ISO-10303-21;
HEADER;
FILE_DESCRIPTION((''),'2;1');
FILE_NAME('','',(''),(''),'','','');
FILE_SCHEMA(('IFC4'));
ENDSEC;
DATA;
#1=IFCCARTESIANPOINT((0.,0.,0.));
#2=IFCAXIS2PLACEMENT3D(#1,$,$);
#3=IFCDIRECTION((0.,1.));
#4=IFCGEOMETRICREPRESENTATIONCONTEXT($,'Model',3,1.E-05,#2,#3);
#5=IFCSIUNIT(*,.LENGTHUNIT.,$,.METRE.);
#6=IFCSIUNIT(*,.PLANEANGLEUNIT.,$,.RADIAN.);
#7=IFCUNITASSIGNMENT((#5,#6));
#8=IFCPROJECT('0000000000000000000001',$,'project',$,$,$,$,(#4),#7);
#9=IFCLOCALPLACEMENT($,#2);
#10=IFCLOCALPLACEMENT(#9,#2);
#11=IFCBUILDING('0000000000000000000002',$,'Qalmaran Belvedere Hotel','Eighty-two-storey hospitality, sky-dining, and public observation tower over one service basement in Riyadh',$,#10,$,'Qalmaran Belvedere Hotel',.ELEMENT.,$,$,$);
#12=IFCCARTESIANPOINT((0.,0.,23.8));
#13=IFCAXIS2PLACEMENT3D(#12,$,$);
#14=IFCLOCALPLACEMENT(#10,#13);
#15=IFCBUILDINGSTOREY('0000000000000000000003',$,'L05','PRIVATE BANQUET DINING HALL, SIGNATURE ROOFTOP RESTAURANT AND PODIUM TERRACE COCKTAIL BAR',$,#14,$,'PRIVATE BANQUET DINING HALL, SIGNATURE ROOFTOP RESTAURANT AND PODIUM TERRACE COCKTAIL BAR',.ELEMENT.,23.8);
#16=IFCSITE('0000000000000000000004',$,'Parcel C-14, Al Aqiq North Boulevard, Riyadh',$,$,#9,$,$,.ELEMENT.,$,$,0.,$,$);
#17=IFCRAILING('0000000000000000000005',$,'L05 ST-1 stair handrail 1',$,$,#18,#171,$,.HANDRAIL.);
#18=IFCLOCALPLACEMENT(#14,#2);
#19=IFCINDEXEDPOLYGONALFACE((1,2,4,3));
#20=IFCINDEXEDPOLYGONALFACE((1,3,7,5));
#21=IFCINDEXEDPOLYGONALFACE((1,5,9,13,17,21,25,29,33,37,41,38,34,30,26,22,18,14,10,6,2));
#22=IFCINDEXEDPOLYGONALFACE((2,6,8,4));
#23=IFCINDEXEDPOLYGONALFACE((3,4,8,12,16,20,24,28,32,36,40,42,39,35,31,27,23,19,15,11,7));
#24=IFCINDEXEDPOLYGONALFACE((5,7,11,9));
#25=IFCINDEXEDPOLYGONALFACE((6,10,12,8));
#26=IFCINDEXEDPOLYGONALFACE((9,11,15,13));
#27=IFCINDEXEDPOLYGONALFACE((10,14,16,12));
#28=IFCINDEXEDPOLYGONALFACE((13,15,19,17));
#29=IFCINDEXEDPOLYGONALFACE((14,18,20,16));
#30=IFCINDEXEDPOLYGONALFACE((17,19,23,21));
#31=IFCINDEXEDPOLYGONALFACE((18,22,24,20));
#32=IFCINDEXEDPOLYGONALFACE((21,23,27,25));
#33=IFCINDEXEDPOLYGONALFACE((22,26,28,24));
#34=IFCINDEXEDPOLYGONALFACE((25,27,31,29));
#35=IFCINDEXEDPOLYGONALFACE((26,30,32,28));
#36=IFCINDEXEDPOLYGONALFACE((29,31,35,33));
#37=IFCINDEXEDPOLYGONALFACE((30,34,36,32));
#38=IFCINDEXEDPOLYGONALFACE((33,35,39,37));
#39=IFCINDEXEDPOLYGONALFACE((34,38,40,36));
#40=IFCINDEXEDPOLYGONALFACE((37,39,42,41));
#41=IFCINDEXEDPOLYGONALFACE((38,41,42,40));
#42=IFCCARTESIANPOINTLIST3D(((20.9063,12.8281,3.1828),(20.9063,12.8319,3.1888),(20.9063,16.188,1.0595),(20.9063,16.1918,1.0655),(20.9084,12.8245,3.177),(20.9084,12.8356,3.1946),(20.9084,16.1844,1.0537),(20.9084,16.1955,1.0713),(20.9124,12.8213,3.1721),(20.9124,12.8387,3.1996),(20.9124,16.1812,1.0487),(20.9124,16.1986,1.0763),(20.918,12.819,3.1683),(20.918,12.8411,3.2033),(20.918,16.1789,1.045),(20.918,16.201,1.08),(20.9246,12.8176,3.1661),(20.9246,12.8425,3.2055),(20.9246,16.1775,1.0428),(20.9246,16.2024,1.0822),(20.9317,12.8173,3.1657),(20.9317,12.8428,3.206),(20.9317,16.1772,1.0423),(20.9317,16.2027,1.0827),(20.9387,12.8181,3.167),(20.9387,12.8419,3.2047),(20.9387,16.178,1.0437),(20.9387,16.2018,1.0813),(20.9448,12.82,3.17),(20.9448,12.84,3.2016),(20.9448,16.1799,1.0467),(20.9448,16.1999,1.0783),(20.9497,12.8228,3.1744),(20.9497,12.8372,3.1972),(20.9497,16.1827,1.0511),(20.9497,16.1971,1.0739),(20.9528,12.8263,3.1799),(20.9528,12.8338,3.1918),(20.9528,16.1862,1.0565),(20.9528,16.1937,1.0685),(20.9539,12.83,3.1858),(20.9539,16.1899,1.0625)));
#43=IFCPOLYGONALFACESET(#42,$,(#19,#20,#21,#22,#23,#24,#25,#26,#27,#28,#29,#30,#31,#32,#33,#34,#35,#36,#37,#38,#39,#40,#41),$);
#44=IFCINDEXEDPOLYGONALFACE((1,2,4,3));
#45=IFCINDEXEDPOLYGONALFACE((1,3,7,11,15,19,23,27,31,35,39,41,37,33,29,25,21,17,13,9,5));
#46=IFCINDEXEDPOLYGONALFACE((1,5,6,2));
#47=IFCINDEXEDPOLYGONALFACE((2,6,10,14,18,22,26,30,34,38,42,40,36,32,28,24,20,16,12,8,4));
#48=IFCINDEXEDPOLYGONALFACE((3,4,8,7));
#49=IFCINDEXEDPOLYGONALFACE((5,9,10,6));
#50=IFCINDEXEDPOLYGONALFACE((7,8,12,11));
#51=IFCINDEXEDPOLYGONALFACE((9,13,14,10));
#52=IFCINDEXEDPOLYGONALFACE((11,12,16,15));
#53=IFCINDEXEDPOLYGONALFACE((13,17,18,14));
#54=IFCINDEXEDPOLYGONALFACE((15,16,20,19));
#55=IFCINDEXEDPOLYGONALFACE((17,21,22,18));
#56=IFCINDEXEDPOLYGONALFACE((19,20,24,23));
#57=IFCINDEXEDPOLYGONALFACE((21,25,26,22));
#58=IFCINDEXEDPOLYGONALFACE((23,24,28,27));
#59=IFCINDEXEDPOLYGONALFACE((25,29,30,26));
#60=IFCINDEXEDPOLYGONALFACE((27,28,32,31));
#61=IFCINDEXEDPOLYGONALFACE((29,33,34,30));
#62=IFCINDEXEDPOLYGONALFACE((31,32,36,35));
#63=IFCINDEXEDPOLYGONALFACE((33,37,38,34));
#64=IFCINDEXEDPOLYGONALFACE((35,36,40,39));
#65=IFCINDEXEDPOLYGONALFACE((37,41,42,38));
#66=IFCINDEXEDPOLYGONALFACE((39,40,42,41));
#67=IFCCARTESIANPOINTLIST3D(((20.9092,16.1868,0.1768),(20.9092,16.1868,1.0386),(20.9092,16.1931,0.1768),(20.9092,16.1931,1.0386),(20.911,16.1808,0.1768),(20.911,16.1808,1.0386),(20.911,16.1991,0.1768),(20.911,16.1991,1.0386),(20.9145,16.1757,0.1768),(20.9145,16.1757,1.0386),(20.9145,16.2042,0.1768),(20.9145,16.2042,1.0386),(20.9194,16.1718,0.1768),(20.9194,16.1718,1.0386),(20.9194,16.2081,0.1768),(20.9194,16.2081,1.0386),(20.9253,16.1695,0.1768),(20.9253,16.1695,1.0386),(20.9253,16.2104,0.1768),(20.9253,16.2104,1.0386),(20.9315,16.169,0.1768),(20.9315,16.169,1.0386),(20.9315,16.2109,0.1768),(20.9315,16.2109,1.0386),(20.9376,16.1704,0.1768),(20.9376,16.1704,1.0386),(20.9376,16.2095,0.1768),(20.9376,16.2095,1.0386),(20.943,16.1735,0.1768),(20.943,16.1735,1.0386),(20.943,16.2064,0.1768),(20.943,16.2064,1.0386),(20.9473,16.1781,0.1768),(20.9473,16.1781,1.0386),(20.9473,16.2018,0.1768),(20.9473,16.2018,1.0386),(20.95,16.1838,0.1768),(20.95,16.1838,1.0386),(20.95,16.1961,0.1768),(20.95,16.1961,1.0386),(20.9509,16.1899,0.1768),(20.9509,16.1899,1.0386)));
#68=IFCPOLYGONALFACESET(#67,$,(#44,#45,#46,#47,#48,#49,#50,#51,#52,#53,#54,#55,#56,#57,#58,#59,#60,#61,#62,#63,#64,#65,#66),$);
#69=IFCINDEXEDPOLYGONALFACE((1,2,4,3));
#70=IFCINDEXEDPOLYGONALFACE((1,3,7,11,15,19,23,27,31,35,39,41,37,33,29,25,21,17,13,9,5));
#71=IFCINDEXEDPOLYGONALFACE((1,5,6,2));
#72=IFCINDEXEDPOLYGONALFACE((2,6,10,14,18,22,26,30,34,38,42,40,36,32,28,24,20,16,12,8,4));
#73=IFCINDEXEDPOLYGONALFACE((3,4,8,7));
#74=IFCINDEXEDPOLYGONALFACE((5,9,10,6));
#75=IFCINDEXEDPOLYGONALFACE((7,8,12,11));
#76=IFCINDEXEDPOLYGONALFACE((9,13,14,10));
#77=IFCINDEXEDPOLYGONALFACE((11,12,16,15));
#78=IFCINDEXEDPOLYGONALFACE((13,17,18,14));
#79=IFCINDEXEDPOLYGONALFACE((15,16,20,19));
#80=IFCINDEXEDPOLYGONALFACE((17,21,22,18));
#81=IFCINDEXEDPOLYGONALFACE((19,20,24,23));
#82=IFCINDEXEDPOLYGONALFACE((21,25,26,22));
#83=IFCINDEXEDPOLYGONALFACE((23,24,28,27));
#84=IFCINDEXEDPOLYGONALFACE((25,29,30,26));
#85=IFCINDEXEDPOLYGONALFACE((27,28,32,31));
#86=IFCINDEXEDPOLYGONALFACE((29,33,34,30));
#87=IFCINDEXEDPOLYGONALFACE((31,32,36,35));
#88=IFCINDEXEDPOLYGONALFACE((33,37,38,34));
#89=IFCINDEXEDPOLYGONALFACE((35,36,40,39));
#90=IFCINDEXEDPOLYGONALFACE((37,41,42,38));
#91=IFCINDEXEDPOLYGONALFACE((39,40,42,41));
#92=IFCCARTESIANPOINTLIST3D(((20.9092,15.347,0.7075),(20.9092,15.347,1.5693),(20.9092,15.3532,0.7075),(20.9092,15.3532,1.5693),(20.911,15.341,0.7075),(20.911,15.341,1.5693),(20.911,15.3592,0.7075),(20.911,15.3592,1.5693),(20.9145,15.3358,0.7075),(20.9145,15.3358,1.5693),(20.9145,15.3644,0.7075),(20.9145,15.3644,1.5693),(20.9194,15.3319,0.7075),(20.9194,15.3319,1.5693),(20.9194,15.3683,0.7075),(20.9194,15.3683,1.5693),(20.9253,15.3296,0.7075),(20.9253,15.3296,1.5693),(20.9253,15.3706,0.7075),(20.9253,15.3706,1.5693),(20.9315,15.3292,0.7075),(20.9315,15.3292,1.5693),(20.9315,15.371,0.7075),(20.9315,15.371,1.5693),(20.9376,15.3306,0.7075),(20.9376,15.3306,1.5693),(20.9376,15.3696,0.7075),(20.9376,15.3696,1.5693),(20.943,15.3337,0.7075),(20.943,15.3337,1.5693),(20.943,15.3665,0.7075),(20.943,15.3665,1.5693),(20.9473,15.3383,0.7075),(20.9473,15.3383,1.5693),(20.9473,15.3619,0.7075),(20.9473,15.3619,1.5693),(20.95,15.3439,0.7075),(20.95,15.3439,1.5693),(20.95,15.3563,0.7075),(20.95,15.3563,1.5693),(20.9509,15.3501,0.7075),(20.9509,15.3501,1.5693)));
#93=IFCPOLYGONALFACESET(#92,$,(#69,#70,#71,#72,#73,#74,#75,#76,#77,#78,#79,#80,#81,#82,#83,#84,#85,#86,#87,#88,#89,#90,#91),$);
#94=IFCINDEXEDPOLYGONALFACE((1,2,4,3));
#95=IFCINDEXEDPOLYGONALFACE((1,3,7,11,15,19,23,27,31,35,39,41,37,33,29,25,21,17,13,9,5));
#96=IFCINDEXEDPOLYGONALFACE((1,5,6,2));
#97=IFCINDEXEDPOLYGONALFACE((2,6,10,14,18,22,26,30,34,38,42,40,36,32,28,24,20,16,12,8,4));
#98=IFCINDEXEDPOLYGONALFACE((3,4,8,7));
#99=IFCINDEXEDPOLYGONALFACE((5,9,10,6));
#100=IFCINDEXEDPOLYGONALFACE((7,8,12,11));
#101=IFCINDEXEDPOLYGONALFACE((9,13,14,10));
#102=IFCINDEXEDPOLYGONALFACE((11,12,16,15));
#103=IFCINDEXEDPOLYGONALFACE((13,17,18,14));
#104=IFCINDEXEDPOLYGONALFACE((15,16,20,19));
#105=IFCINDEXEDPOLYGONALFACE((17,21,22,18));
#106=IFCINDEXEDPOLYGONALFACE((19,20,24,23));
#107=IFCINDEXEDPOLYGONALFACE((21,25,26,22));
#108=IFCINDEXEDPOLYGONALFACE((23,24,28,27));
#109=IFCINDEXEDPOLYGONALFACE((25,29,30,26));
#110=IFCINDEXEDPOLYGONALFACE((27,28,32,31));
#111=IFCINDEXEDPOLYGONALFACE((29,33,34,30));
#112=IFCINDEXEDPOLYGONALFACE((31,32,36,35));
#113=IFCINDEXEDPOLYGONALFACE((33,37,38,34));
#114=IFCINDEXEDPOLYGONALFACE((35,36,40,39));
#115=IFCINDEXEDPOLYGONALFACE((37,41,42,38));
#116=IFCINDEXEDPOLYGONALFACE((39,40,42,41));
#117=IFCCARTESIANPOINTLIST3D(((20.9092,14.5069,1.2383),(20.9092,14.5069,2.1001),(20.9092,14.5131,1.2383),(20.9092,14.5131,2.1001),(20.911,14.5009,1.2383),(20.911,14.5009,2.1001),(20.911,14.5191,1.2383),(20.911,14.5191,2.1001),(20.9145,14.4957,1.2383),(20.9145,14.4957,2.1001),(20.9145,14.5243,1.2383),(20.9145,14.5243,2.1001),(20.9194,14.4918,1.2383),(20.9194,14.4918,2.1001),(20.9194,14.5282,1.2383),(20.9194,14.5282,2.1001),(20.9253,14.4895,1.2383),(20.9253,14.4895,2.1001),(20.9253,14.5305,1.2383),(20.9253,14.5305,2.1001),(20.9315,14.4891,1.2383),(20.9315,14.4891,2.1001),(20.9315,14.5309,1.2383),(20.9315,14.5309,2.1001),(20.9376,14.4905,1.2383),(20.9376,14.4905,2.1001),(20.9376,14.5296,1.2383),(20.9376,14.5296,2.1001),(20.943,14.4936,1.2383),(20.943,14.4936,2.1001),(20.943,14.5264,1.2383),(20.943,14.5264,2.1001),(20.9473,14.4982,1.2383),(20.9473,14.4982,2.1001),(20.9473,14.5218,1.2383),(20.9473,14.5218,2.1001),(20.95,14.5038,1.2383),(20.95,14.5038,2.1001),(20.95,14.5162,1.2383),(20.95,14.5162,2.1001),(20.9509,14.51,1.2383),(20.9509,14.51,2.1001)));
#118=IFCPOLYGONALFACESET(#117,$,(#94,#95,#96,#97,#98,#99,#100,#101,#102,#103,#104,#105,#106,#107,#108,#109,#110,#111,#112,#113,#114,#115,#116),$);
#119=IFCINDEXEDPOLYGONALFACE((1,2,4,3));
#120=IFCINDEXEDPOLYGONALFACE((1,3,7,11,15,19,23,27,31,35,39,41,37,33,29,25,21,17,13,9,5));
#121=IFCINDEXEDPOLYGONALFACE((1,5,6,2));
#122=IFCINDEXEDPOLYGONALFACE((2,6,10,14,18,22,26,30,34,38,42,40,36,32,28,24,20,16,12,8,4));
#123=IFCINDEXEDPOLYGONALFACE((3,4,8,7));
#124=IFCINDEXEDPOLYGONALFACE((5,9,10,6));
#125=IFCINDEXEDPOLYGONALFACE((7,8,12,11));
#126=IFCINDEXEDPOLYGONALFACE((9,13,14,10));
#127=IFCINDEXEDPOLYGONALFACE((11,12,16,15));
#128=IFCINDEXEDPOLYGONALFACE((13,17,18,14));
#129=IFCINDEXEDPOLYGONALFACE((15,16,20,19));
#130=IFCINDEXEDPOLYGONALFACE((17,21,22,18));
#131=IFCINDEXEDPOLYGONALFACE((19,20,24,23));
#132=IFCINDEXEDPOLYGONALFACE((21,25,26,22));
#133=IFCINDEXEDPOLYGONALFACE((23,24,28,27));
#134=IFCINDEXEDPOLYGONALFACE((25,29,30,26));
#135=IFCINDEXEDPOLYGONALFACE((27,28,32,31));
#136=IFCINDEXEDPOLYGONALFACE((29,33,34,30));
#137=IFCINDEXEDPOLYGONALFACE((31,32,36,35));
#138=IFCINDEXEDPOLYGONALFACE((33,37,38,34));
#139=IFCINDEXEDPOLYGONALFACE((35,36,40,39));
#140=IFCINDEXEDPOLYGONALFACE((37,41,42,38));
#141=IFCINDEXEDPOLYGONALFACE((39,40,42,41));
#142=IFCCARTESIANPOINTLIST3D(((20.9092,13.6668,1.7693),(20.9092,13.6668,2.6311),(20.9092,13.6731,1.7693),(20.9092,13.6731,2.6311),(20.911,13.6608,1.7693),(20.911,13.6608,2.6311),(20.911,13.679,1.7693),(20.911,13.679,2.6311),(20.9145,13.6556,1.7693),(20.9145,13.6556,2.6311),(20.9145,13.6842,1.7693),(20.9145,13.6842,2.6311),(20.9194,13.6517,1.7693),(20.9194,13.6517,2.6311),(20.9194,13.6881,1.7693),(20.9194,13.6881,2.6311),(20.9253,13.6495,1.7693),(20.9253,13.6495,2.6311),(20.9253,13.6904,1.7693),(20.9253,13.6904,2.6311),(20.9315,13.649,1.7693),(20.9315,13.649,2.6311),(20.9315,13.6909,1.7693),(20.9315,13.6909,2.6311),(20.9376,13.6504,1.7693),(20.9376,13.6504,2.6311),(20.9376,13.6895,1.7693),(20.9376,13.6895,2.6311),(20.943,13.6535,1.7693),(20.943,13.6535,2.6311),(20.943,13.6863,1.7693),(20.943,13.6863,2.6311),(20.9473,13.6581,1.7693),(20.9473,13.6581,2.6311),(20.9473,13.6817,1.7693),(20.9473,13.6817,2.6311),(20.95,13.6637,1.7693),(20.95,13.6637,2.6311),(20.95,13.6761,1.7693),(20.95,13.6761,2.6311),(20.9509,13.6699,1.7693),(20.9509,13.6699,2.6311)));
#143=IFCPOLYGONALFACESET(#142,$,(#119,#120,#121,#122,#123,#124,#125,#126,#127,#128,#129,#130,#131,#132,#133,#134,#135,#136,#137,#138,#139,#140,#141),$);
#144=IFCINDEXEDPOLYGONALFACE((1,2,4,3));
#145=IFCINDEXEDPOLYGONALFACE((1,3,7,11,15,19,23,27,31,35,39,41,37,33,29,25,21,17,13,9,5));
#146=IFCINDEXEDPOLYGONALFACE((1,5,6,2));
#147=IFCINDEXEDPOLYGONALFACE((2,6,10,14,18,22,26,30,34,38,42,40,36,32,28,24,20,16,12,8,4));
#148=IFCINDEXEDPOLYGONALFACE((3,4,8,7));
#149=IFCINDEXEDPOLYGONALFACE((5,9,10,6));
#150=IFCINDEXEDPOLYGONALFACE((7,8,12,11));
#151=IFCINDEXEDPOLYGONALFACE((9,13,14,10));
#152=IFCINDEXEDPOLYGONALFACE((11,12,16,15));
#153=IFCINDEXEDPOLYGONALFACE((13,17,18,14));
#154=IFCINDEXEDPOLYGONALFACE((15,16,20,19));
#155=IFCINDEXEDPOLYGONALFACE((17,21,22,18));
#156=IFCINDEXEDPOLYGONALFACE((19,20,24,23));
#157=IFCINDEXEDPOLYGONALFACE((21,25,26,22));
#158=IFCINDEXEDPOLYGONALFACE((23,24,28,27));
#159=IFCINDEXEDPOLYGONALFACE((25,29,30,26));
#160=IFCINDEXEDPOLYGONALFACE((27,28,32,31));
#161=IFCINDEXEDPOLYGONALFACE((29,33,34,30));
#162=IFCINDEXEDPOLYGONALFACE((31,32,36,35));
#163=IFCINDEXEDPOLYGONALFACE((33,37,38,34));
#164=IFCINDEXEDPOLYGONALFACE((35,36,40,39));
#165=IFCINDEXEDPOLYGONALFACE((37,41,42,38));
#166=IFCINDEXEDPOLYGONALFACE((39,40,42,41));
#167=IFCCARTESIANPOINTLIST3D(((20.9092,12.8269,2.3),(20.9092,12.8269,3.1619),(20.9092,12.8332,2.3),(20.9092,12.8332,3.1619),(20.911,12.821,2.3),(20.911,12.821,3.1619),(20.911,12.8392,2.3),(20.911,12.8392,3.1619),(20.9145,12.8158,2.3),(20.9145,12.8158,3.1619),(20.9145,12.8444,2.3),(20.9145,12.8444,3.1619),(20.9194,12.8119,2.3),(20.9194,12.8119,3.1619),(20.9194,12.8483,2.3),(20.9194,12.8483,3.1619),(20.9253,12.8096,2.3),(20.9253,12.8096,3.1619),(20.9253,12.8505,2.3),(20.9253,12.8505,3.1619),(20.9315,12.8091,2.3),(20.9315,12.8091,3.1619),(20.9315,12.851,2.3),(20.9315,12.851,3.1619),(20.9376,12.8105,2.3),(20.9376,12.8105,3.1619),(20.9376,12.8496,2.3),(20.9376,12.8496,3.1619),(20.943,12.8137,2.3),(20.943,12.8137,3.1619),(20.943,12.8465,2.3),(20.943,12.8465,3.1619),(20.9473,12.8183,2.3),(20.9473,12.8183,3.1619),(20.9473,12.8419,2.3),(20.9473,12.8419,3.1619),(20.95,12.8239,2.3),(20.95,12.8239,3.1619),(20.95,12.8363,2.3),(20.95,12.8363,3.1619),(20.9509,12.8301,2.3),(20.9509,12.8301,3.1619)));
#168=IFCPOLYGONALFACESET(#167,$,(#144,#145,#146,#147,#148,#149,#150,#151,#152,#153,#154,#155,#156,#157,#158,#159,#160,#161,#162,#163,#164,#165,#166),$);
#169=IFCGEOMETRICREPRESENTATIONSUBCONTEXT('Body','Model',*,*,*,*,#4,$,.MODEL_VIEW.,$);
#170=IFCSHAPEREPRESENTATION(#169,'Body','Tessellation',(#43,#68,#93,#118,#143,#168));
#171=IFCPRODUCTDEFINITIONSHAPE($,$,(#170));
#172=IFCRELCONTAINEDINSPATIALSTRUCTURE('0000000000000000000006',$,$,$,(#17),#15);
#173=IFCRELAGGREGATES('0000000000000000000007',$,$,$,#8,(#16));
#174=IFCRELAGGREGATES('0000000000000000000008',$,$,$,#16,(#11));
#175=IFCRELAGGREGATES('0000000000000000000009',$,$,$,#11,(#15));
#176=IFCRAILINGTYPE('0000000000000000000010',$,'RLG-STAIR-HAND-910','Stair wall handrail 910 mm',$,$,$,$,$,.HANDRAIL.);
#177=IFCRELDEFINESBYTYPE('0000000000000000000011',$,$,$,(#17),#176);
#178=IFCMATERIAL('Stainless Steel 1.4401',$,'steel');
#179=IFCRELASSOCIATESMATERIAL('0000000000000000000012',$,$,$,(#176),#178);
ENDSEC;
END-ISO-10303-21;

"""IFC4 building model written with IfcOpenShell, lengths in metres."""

from ifc_helpers import new_model, si_unit, direction, frame, origin, origin_2d, place, context, subcontext, project, spatial, circle, extrude, material, type_object, element, save


model = new_model("IFC4")

# Units and contexts
model_context = context("Model", 3, precision=1e-05, world=origin(), true_north=direction((0.0, 1.0)))
body_context = subcontext(model_context, "Body", "Model", "MODEL_VIEW")
ifc_project = project(units=[si_unit("LENGTHUNIT", "METRE"), si_unit("PLANEANGLEUNIT", "RADIAN")], contexts=[model_context])

# Site, building, storey
site_placement = place(None, origin())
site = spatial("IfcSite", under=ifc_project, at=site_placement, Name="Parcel C-14, Al Aqiq North Boulevard, Riyadh", CompositionType="ELEMENT", RefElevation=0.0)
building_placement = place(site_placement, origin())
building = spatial("IfcBuilding", under=site, at=building_placement, Name="Qalmaran Belvedere Hotel", Description="Eighty-two-storey hospitality, sky-dining, and public observation tower over one service basement in Riyadh", LongName="Qalmaran Belvedere Hotel", CompositionType="ELEMENT")
storey_placement = place(building_placement, frame((0.0, 0.0, 23.8)))
storey = spatial("IfcBuildingStorey", under=building, at=storey_placement, Name="L05", Description="PRIVATE BANQUET DINING HALL, SIGNATURE ROOFTOP RESTAURANT AND PODIUM TERRACE COCKTAIL BAR", LongName="PRIVATE BANQUET DINING HALL, SIGNATURE ROOFTOP RESTAURANT AND PODIUM TERRACE COCKTAIL BAR", CompositionType="ELEMENT", Elevation=23.8)

# Railing
ifc_material_1 = material(Name="Stainless Steel 1.4401", Category="steel")
railing_type_1 = type_object("IfcRailingType", Name="RLG-STAIR-HAND-910", Description="Stair wall handrail 910 mm", PredefinedType="HANDRAIL", material=ifc_material_1)
railing_1_placement = place(storey_placement, frame((20.9299, 16.1899, 0.1768)))
element("IfcRailing", 1, at=railing_1_placement, inside=storey, type_object=railing_type_1, Name="L05 ST-1 stair handrail 1", PredefinedType="HANDRAIL", context=body_context, shape_type="SweptSolid", body=[
    extrude(circle(Radius=0.0239, at=origin_2d()), frame((0.0, 0.0, 0.8857), z_axis=(0.0, -0.845344, 0.534222), x_axis=(1.0, 0.0, 0.0)), (0.0, 0.0, 1.0), 3.9746),
    extrude(circle(Radius=0.021, at=origin_2d()), origin(), (0.0, 0.0, 1.0), 0.8618),
    extrude(circle(Radius=0.021, at=origin_2d()), frame((0.0, -0.8398, 0.5308)), (0.0, 0.0, 1.0), 0.8618),
    extrude(circle(Radius=0.021, at=origin_2d()), frame((0.0, -1.6799, 1.0615)), (0.0, 0.0, 1.0), 0.8618),
    extrude(circle(Radius=0.021, at=origin_2d()), frame((0.0, -2.52, 1.5925)), (0.0, 0.0, 1.0), 0.8618),
    extrude(circle(Radius=0.021, at=origin_2d()), frame((0.0, -3.3599, 2.1233)), (0.0, 0.0, 1.0), 0.8618),
])

save(model, "model.ifc")
